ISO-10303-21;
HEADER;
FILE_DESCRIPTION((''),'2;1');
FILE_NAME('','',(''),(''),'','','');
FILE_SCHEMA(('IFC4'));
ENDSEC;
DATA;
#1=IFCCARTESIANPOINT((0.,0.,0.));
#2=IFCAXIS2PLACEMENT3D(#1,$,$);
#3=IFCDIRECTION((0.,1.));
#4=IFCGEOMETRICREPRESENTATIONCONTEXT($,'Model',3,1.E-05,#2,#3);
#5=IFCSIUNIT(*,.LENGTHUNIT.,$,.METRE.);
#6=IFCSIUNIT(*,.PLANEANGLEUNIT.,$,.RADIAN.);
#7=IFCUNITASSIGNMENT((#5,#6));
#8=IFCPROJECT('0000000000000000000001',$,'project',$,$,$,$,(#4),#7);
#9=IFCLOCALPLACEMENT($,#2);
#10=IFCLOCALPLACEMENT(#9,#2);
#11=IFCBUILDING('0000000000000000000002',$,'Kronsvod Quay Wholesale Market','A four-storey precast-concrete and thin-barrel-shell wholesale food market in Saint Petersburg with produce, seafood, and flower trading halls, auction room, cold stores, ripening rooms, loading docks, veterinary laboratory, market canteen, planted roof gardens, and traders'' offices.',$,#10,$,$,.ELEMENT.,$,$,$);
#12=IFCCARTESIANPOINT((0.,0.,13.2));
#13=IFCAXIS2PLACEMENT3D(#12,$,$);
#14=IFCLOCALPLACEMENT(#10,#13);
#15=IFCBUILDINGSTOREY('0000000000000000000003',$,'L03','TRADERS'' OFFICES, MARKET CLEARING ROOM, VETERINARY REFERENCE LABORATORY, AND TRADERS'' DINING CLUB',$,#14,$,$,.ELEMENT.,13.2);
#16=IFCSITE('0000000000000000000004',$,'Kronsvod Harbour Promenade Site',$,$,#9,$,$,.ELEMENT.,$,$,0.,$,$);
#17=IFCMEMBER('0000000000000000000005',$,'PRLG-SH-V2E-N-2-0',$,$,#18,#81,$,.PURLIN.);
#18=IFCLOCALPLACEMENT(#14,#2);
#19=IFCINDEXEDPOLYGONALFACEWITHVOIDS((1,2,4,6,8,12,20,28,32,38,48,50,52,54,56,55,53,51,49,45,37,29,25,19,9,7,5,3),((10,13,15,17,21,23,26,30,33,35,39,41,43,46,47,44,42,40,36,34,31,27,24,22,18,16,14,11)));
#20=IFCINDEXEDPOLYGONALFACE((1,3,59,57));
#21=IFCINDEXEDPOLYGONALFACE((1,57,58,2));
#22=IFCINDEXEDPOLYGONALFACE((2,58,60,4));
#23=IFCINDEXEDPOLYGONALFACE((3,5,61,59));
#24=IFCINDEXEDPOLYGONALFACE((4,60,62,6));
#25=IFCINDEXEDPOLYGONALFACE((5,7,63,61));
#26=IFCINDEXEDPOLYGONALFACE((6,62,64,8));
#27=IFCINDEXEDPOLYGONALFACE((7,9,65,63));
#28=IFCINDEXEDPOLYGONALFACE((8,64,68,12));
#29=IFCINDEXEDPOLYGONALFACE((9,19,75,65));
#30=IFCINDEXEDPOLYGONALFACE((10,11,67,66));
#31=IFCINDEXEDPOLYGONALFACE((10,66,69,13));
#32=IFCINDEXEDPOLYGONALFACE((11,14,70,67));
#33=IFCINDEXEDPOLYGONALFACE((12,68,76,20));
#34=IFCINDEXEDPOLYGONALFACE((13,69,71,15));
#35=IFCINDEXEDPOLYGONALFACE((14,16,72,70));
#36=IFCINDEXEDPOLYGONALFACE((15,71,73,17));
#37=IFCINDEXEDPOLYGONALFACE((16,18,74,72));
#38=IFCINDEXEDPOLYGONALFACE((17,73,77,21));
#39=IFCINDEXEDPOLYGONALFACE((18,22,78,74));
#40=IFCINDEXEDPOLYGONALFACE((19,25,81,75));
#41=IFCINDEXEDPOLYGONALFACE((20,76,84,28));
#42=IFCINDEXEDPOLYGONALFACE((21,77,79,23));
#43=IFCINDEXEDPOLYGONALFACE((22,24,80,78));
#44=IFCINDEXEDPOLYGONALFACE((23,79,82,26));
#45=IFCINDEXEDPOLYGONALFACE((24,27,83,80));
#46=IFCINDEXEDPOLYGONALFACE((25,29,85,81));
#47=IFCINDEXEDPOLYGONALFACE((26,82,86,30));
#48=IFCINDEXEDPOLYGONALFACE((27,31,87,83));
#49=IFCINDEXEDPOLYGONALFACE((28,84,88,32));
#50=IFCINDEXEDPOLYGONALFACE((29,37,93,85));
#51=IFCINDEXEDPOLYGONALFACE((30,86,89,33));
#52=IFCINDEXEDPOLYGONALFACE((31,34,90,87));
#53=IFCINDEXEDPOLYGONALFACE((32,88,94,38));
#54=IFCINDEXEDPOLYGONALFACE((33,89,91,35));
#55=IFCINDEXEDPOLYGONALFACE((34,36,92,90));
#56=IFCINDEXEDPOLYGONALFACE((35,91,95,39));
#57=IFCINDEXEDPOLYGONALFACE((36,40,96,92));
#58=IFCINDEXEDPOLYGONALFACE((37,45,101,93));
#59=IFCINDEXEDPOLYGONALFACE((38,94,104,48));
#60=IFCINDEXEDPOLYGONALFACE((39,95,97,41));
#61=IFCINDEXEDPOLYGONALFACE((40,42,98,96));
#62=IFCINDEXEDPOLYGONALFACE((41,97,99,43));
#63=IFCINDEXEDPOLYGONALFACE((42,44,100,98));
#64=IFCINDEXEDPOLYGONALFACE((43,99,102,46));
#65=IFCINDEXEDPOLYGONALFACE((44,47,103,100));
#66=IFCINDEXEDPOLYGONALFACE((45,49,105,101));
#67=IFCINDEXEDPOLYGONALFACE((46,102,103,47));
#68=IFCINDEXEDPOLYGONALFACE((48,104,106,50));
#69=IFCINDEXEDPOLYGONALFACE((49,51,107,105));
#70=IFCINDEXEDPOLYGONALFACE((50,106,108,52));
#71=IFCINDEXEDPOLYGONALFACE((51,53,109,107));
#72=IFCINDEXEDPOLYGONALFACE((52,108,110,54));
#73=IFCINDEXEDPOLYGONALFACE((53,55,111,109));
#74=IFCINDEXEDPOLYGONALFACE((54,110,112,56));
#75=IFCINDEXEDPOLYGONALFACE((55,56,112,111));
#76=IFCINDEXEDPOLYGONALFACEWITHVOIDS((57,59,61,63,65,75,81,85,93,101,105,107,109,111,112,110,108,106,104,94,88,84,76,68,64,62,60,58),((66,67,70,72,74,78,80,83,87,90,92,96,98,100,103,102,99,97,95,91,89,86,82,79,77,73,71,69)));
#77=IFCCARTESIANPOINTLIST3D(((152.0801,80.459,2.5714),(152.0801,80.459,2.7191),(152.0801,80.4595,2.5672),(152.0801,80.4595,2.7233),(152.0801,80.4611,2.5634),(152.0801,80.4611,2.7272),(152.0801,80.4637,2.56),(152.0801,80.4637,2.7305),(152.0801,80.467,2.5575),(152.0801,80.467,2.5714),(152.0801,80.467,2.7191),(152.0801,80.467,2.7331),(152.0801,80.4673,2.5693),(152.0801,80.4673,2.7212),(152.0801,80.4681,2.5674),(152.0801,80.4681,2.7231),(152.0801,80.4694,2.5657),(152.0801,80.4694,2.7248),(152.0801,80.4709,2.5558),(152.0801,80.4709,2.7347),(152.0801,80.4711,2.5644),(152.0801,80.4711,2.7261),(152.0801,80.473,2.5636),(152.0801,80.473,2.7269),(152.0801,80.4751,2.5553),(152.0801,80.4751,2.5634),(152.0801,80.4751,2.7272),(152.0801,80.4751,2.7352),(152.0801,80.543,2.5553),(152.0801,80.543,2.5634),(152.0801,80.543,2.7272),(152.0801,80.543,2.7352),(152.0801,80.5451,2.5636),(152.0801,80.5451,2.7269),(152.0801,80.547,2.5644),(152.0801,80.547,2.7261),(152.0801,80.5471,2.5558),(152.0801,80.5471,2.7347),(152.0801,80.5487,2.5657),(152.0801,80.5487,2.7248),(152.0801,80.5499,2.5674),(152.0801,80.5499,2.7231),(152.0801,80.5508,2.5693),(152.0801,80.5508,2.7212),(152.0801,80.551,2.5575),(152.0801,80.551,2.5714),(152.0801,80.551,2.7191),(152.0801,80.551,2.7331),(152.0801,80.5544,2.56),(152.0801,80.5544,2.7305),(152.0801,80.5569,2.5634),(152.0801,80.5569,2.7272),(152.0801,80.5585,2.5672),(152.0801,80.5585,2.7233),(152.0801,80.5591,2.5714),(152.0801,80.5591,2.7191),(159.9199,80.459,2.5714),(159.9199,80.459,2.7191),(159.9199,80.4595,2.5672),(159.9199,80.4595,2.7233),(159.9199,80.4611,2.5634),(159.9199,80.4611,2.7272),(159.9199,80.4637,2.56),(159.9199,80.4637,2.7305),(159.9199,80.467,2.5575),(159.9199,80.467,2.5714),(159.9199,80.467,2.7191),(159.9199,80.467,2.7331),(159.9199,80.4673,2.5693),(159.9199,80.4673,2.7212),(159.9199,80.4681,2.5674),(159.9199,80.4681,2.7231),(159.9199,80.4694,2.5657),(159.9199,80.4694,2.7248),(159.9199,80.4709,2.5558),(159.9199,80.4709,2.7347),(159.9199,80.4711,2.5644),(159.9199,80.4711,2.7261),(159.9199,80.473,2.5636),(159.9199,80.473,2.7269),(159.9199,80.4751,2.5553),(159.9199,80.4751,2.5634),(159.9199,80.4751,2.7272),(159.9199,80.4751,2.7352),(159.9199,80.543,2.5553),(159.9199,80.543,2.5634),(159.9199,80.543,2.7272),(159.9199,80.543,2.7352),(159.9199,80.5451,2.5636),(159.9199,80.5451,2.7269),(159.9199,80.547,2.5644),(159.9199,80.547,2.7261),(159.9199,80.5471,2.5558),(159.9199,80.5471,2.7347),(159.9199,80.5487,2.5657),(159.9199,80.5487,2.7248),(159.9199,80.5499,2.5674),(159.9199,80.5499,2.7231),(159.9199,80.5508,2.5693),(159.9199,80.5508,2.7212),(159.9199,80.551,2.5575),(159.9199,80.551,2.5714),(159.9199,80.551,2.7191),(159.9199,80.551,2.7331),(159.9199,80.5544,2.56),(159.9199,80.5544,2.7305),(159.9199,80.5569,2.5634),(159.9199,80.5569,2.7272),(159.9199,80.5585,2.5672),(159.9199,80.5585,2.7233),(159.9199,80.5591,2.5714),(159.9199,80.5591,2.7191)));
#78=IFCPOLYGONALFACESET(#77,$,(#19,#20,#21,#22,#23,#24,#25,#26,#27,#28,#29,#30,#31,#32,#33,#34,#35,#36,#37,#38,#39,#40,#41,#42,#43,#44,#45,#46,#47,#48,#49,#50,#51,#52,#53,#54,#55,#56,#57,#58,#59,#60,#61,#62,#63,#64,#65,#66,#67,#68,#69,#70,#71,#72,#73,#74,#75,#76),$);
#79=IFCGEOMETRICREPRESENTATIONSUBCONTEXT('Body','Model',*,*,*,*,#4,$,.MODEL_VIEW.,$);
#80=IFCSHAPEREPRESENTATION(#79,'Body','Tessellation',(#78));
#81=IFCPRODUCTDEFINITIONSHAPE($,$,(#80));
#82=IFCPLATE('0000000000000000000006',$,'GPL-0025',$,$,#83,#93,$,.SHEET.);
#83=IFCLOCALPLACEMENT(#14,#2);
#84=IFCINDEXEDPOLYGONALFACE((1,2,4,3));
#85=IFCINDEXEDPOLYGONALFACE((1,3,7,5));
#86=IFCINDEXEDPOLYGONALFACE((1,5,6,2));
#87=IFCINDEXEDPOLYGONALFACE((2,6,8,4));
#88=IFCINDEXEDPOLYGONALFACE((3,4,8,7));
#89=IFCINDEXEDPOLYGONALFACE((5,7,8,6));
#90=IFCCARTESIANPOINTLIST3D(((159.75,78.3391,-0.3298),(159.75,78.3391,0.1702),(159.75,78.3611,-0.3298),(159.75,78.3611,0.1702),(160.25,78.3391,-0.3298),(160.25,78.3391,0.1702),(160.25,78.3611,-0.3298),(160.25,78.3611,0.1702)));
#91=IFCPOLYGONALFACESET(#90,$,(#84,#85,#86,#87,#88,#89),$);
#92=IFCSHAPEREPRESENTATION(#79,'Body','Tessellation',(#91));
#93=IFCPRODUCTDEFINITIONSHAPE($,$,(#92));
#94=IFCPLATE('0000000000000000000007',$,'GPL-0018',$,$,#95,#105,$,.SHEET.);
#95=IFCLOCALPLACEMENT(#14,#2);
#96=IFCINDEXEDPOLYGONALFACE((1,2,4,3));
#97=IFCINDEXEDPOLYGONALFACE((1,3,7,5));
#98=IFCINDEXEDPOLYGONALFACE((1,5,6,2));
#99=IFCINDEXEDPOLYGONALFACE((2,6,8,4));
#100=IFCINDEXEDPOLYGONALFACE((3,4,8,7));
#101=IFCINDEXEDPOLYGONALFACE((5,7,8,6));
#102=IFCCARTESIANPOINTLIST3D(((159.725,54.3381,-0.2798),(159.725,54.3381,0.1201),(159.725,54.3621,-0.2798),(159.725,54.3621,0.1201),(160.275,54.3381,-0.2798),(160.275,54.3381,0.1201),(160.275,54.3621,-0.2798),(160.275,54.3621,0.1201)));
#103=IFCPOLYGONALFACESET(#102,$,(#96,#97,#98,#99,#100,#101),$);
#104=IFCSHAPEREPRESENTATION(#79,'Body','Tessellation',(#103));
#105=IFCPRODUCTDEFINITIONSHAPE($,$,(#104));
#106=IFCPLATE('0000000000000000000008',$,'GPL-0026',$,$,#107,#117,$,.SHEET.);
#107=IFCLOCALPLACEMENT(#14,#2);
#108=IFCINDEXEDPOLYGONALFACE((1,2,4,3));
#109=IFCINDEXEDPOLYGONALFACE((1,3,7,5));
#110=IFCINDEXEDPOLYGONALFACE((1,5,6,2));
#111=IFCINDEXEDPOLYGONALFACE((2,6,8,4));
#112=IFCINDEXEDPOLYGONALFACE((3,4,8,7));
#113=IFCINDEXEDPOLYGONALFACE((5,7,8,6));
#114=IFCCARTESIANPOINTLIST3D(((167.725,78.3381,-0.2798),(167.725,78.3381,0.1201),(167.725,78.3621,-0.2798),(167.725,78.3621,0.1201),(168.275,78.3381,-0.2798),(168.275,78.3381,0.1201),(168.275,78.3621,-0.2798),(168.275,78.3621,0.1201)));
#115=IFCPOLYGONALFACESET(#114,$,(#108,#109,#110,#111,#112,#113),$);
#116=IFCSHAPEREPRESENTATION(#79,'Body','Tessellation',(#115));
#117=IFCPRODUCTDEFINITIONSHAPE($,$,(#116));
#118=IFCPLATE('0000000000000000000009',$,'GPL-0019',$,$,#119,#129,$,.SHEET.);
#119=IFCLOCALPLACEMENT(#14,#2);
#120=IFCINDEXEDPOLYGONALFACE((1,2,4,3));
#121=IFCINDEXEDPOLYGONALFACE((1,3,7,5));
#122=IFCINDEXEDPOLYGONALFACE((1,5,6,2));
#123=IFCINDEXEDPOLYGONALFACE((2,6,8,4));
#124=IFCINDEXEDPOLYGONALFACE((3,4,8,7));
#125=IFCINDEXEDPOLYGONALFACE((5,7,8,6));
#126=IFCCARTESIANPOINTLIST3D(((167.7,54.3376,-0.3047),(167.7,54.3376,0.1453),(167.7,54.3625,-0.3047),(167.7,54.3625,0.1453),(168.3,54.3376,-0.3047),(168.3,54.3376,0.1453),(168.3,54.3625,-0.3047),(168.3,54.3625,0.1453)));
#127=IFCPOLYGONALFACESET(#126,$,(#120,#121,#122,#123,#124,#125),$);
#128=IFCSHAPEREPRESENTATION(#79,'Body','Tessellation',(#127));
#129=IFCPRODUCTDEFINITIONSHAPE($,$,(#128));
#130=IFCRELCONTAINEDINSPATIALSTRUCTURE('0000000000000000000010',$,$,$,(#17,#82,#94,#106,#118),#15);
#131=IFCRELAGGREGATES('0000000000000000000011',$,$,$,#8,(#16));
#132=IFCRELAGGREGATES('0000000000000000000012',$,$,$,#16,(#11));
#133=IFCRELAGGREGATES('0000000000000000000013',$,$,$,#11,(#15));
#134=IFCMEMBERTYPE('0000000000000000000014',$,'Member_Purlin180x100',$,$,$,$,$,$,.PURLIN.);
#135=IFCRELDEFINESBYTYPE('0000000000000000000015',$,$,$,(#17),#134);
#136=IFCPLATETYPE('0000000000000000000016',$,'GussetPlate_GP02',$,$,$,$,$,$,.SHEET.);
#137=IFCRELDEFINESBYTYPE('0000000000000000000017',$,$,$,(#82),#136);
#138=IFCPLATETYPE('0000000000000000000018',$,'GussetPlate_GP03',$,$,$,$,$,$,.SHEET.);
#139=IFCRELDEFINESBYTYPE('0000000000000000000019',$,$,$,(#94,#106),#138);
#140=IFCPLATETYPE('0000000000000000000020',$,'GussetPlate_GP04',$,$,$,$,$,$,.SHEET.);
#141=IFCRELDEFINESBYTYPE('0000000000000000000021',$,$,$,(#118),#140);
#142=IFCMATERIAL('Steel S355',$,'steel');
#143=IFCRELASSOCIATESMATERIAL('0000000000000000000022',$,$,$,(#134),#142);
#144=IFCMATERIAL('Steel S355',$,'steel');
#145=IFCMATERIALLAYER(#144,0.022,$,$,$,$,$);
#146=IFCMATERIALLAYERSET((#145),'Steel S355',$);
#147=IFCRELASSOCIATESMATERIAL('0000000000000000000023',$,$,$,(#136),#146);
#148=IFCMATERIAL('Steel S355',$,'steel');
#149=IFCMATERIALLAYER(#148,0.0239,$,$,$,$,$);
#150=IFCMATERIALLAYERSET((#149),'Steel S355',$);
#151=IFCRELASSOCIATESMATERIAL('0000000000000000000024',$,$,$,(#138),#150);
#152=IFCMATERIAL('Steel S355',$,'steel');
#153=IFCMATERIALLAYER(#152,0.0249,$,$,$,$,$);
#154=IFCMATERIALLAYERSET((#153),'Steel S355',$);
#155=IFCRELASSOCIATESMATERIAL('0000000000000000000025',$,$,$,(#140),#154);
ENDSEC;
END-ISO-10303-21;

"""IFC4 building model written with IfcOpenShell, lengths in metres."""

from ifc_helpers import new_model, si_unit, direction, frame, origin, origin_2d, place, context, subcontext, project, spatial, rectangle, hollow_rectangle, extrude, material, layer, layer_set, material_profile, profile_set, type_object, element, save


model = new_model("IFC4")

# Units and contexts
model_context = context("Model", 3, precision=1e-05, world=origin(), true_north=direction((0.0, 1.0)))
body_context = subcontext(model_context, "Body", "Model", "MODEL_VIEW")
ifc_project = project(units=[si_unit("LENGTHUNIT", "METRE"), si_unit("PLANEANGLEUNIT", "RADIAN")], contexts=[model_context])

# Site, building, storey
site_placement = place(None, origin())
site = spatial("IfcSite", under=ifc_project, at=site_placement, Name="Kronsvod Harbour Promenade Site", CompositionType="ELEMENT", RefElevation=0.0)
building_placement = place(site_placement, origin())
building = spatial("IfcBuilding", under=site, at=building_placement, Name="Kronsvod Quay Wholesale Market", Description="A four-storey precast-concrete and thin-barrel-shell wholesale food market in Saint Petersburg with produce, seafood, and flower trading halls, auction room, cold stores, ripening rooms, loading docks, veterinary laboratory, market canteen, planted roof gardens, and traders' offices.", CompositionType="ELEMENT")
storey_placement = place(building_placement, frame((0.0, 0.0, 13.2)))
storey = spatial("IfcBuildingStorey", under=building, at=storey_placement, Name="L03", Description="TRADERS' OFFICES, MARKET CLEARING ROOM, VETERINARY REFERENCE LABORATORY, AND TRADERS' DINING CLUB", CompositionType="ELEMENT", Elevation=13.2)

# Member
ifc_material_1 = material(Name="Steel S355", Category="steel")
ifc_material_profile_1 = material_profile(ifc_material_1, hollow_rectangle(XDim=0.1001, YDim=0.1799, WallThickness=0.0081, InnerFilletRadius=0.0081, OuterFilletRadius=0.0161, at=origin_2d()), Name="RHS180x100x8")
ifc_profile_set_1 = profile_set([ifc_material_profile_1], Name="Steel S355")
member_type_1 = type_object("IfcMemberType", Name="Member_Purlin180x100", PredefinedType="PURLIN", material=ifc_profile_set_1)
for number, where, z_axis, x_axis, name in (
    (1, (152.0801, 80.509, 2.6453), (1.0, 0.0, 0.0), (0.0, 1.0, 0.0), "PRLG-SH-V2E-N-2-0"),
):
    element("IfcMember", number, at=place(storey_placement, frame(where, z_axis=z_axis, x_axis=x_axis)), inside=storey, type_object=member_type_1, Name=name, PredefinedType="PURLIN", context=body_context, shape_type="SweptSolid", body=[
        extrude(hollow_rectangle(XDim=0.1001, YDim=0.1799, WallThickness=0.0081, InnerFilletRadius=0.0081, OuterFilletRadius=0.0161, at=origin_2d()), origin(), (0.0, 0.0, 1.0), 7.8398),
    ])

# Plates
ifc_material_2 = material(Name="Steel S355", Category="steel")
ifc_layer_1 = layer(ifc_material_2, 0.022)
ifc_layer_set_1 = layer_set([ifc_layer_1], Name="Steel S355")
plate_type_1 = type_object("IfcPlateType", Name="GussetPlate_GP02", PredefinedType="SHEET", material=ifc_layer_set_1)
plate_1_placement = place(storey_placement, frame((160.0, 78.3501, -0.3298), z_axis=(0.0, 0.0, 1.0), x_axis=(1.0, 0.0, 0.0)))
element("IfcPlate", 2, at=plate_1_placement, inside=storey, type_object=plate_type_1, Name="GPL-0025", PredefinedType="SHEET", context=body_context, shape_type="SweptSolid", body=[
    extrude(rectangle(XDim=0.5, YDim=0.022, at=origin_2d()), origin(), (0.0, 0.0, 1.0), 0.5),
])
ifc_material_3 = material(Name="Steel S355", Category="steel")
ifc_layer_2 = layer(ifc_material_3, 0.0239)
ifc_layer_set_2 = layer_set([ifc_layer_2], Name="Steel S355")
plate_type_2 = type_object("IfcPlateType", Name="GussetPlate_GP03", PredefinedType="SHEET", material=ifc_layer_set_2)
for number, where, z_axis, x_axis, name in (
    (3, (160.0, 54.3501, -0.2798), (0.0, 0.0, 1.0), (1.0, 0.0, 0.0), "GPL-0018"),
    (4, (168.0, 78.3501, -0.2798), (0.0, 0.0, 1.0), (1.0, 0.0, 0.0), "GPL-0026"),
):
    element("IfcPlate", number, at=place(storey_placement, frame(where, z_axis=z_axis, x_axis=x_axis)), inside=storey, type_object=plate_type_2, Name=name, PredefinedType="SHEET", context=body_context, shape_type="SweptSolid", body=[
        extrude(rectangle(XDim=0.55, YDim=0.0239, at=origin_2d()), origin(), (0.0, 0.0, 1.0), 0.3999),
    ])
ifc_material_4 = material(Name="Steel S355", Category="steel")
ifc_layer_3 = layer(ifc_material_4, 0.0249)
ifc_layer_set_3 = layer_set([ifc_layer_3], Name="Steel S355")
plate_type_3 = type_object("IfcPlateType", Name="GussetPlate_GP04", PredefinedType="SHEET", material=ifc_layer_set_3)
plate_2_placement = place(storey_placement, frame((168.0, 54.3501, -0.3047), z_axis=(0.0, 0.0, 1.0), x_axis=(1.0, 0.0, 0.0)))
element("IfcPlate", 5, at=plate_2_placement, inside=storey, type_object=plate_type_3, Name="GPL-0019", PredefinedType="SHEET", context=body_context, shape_type="SweptSolid", body=[
    extrude(rectangle(XDim=0.6001, YDim=0.0249, at=origin_2d()), origin(), (0.0, 0.0, 1.0), 0.45),
])

save(model, "model.ifc")
